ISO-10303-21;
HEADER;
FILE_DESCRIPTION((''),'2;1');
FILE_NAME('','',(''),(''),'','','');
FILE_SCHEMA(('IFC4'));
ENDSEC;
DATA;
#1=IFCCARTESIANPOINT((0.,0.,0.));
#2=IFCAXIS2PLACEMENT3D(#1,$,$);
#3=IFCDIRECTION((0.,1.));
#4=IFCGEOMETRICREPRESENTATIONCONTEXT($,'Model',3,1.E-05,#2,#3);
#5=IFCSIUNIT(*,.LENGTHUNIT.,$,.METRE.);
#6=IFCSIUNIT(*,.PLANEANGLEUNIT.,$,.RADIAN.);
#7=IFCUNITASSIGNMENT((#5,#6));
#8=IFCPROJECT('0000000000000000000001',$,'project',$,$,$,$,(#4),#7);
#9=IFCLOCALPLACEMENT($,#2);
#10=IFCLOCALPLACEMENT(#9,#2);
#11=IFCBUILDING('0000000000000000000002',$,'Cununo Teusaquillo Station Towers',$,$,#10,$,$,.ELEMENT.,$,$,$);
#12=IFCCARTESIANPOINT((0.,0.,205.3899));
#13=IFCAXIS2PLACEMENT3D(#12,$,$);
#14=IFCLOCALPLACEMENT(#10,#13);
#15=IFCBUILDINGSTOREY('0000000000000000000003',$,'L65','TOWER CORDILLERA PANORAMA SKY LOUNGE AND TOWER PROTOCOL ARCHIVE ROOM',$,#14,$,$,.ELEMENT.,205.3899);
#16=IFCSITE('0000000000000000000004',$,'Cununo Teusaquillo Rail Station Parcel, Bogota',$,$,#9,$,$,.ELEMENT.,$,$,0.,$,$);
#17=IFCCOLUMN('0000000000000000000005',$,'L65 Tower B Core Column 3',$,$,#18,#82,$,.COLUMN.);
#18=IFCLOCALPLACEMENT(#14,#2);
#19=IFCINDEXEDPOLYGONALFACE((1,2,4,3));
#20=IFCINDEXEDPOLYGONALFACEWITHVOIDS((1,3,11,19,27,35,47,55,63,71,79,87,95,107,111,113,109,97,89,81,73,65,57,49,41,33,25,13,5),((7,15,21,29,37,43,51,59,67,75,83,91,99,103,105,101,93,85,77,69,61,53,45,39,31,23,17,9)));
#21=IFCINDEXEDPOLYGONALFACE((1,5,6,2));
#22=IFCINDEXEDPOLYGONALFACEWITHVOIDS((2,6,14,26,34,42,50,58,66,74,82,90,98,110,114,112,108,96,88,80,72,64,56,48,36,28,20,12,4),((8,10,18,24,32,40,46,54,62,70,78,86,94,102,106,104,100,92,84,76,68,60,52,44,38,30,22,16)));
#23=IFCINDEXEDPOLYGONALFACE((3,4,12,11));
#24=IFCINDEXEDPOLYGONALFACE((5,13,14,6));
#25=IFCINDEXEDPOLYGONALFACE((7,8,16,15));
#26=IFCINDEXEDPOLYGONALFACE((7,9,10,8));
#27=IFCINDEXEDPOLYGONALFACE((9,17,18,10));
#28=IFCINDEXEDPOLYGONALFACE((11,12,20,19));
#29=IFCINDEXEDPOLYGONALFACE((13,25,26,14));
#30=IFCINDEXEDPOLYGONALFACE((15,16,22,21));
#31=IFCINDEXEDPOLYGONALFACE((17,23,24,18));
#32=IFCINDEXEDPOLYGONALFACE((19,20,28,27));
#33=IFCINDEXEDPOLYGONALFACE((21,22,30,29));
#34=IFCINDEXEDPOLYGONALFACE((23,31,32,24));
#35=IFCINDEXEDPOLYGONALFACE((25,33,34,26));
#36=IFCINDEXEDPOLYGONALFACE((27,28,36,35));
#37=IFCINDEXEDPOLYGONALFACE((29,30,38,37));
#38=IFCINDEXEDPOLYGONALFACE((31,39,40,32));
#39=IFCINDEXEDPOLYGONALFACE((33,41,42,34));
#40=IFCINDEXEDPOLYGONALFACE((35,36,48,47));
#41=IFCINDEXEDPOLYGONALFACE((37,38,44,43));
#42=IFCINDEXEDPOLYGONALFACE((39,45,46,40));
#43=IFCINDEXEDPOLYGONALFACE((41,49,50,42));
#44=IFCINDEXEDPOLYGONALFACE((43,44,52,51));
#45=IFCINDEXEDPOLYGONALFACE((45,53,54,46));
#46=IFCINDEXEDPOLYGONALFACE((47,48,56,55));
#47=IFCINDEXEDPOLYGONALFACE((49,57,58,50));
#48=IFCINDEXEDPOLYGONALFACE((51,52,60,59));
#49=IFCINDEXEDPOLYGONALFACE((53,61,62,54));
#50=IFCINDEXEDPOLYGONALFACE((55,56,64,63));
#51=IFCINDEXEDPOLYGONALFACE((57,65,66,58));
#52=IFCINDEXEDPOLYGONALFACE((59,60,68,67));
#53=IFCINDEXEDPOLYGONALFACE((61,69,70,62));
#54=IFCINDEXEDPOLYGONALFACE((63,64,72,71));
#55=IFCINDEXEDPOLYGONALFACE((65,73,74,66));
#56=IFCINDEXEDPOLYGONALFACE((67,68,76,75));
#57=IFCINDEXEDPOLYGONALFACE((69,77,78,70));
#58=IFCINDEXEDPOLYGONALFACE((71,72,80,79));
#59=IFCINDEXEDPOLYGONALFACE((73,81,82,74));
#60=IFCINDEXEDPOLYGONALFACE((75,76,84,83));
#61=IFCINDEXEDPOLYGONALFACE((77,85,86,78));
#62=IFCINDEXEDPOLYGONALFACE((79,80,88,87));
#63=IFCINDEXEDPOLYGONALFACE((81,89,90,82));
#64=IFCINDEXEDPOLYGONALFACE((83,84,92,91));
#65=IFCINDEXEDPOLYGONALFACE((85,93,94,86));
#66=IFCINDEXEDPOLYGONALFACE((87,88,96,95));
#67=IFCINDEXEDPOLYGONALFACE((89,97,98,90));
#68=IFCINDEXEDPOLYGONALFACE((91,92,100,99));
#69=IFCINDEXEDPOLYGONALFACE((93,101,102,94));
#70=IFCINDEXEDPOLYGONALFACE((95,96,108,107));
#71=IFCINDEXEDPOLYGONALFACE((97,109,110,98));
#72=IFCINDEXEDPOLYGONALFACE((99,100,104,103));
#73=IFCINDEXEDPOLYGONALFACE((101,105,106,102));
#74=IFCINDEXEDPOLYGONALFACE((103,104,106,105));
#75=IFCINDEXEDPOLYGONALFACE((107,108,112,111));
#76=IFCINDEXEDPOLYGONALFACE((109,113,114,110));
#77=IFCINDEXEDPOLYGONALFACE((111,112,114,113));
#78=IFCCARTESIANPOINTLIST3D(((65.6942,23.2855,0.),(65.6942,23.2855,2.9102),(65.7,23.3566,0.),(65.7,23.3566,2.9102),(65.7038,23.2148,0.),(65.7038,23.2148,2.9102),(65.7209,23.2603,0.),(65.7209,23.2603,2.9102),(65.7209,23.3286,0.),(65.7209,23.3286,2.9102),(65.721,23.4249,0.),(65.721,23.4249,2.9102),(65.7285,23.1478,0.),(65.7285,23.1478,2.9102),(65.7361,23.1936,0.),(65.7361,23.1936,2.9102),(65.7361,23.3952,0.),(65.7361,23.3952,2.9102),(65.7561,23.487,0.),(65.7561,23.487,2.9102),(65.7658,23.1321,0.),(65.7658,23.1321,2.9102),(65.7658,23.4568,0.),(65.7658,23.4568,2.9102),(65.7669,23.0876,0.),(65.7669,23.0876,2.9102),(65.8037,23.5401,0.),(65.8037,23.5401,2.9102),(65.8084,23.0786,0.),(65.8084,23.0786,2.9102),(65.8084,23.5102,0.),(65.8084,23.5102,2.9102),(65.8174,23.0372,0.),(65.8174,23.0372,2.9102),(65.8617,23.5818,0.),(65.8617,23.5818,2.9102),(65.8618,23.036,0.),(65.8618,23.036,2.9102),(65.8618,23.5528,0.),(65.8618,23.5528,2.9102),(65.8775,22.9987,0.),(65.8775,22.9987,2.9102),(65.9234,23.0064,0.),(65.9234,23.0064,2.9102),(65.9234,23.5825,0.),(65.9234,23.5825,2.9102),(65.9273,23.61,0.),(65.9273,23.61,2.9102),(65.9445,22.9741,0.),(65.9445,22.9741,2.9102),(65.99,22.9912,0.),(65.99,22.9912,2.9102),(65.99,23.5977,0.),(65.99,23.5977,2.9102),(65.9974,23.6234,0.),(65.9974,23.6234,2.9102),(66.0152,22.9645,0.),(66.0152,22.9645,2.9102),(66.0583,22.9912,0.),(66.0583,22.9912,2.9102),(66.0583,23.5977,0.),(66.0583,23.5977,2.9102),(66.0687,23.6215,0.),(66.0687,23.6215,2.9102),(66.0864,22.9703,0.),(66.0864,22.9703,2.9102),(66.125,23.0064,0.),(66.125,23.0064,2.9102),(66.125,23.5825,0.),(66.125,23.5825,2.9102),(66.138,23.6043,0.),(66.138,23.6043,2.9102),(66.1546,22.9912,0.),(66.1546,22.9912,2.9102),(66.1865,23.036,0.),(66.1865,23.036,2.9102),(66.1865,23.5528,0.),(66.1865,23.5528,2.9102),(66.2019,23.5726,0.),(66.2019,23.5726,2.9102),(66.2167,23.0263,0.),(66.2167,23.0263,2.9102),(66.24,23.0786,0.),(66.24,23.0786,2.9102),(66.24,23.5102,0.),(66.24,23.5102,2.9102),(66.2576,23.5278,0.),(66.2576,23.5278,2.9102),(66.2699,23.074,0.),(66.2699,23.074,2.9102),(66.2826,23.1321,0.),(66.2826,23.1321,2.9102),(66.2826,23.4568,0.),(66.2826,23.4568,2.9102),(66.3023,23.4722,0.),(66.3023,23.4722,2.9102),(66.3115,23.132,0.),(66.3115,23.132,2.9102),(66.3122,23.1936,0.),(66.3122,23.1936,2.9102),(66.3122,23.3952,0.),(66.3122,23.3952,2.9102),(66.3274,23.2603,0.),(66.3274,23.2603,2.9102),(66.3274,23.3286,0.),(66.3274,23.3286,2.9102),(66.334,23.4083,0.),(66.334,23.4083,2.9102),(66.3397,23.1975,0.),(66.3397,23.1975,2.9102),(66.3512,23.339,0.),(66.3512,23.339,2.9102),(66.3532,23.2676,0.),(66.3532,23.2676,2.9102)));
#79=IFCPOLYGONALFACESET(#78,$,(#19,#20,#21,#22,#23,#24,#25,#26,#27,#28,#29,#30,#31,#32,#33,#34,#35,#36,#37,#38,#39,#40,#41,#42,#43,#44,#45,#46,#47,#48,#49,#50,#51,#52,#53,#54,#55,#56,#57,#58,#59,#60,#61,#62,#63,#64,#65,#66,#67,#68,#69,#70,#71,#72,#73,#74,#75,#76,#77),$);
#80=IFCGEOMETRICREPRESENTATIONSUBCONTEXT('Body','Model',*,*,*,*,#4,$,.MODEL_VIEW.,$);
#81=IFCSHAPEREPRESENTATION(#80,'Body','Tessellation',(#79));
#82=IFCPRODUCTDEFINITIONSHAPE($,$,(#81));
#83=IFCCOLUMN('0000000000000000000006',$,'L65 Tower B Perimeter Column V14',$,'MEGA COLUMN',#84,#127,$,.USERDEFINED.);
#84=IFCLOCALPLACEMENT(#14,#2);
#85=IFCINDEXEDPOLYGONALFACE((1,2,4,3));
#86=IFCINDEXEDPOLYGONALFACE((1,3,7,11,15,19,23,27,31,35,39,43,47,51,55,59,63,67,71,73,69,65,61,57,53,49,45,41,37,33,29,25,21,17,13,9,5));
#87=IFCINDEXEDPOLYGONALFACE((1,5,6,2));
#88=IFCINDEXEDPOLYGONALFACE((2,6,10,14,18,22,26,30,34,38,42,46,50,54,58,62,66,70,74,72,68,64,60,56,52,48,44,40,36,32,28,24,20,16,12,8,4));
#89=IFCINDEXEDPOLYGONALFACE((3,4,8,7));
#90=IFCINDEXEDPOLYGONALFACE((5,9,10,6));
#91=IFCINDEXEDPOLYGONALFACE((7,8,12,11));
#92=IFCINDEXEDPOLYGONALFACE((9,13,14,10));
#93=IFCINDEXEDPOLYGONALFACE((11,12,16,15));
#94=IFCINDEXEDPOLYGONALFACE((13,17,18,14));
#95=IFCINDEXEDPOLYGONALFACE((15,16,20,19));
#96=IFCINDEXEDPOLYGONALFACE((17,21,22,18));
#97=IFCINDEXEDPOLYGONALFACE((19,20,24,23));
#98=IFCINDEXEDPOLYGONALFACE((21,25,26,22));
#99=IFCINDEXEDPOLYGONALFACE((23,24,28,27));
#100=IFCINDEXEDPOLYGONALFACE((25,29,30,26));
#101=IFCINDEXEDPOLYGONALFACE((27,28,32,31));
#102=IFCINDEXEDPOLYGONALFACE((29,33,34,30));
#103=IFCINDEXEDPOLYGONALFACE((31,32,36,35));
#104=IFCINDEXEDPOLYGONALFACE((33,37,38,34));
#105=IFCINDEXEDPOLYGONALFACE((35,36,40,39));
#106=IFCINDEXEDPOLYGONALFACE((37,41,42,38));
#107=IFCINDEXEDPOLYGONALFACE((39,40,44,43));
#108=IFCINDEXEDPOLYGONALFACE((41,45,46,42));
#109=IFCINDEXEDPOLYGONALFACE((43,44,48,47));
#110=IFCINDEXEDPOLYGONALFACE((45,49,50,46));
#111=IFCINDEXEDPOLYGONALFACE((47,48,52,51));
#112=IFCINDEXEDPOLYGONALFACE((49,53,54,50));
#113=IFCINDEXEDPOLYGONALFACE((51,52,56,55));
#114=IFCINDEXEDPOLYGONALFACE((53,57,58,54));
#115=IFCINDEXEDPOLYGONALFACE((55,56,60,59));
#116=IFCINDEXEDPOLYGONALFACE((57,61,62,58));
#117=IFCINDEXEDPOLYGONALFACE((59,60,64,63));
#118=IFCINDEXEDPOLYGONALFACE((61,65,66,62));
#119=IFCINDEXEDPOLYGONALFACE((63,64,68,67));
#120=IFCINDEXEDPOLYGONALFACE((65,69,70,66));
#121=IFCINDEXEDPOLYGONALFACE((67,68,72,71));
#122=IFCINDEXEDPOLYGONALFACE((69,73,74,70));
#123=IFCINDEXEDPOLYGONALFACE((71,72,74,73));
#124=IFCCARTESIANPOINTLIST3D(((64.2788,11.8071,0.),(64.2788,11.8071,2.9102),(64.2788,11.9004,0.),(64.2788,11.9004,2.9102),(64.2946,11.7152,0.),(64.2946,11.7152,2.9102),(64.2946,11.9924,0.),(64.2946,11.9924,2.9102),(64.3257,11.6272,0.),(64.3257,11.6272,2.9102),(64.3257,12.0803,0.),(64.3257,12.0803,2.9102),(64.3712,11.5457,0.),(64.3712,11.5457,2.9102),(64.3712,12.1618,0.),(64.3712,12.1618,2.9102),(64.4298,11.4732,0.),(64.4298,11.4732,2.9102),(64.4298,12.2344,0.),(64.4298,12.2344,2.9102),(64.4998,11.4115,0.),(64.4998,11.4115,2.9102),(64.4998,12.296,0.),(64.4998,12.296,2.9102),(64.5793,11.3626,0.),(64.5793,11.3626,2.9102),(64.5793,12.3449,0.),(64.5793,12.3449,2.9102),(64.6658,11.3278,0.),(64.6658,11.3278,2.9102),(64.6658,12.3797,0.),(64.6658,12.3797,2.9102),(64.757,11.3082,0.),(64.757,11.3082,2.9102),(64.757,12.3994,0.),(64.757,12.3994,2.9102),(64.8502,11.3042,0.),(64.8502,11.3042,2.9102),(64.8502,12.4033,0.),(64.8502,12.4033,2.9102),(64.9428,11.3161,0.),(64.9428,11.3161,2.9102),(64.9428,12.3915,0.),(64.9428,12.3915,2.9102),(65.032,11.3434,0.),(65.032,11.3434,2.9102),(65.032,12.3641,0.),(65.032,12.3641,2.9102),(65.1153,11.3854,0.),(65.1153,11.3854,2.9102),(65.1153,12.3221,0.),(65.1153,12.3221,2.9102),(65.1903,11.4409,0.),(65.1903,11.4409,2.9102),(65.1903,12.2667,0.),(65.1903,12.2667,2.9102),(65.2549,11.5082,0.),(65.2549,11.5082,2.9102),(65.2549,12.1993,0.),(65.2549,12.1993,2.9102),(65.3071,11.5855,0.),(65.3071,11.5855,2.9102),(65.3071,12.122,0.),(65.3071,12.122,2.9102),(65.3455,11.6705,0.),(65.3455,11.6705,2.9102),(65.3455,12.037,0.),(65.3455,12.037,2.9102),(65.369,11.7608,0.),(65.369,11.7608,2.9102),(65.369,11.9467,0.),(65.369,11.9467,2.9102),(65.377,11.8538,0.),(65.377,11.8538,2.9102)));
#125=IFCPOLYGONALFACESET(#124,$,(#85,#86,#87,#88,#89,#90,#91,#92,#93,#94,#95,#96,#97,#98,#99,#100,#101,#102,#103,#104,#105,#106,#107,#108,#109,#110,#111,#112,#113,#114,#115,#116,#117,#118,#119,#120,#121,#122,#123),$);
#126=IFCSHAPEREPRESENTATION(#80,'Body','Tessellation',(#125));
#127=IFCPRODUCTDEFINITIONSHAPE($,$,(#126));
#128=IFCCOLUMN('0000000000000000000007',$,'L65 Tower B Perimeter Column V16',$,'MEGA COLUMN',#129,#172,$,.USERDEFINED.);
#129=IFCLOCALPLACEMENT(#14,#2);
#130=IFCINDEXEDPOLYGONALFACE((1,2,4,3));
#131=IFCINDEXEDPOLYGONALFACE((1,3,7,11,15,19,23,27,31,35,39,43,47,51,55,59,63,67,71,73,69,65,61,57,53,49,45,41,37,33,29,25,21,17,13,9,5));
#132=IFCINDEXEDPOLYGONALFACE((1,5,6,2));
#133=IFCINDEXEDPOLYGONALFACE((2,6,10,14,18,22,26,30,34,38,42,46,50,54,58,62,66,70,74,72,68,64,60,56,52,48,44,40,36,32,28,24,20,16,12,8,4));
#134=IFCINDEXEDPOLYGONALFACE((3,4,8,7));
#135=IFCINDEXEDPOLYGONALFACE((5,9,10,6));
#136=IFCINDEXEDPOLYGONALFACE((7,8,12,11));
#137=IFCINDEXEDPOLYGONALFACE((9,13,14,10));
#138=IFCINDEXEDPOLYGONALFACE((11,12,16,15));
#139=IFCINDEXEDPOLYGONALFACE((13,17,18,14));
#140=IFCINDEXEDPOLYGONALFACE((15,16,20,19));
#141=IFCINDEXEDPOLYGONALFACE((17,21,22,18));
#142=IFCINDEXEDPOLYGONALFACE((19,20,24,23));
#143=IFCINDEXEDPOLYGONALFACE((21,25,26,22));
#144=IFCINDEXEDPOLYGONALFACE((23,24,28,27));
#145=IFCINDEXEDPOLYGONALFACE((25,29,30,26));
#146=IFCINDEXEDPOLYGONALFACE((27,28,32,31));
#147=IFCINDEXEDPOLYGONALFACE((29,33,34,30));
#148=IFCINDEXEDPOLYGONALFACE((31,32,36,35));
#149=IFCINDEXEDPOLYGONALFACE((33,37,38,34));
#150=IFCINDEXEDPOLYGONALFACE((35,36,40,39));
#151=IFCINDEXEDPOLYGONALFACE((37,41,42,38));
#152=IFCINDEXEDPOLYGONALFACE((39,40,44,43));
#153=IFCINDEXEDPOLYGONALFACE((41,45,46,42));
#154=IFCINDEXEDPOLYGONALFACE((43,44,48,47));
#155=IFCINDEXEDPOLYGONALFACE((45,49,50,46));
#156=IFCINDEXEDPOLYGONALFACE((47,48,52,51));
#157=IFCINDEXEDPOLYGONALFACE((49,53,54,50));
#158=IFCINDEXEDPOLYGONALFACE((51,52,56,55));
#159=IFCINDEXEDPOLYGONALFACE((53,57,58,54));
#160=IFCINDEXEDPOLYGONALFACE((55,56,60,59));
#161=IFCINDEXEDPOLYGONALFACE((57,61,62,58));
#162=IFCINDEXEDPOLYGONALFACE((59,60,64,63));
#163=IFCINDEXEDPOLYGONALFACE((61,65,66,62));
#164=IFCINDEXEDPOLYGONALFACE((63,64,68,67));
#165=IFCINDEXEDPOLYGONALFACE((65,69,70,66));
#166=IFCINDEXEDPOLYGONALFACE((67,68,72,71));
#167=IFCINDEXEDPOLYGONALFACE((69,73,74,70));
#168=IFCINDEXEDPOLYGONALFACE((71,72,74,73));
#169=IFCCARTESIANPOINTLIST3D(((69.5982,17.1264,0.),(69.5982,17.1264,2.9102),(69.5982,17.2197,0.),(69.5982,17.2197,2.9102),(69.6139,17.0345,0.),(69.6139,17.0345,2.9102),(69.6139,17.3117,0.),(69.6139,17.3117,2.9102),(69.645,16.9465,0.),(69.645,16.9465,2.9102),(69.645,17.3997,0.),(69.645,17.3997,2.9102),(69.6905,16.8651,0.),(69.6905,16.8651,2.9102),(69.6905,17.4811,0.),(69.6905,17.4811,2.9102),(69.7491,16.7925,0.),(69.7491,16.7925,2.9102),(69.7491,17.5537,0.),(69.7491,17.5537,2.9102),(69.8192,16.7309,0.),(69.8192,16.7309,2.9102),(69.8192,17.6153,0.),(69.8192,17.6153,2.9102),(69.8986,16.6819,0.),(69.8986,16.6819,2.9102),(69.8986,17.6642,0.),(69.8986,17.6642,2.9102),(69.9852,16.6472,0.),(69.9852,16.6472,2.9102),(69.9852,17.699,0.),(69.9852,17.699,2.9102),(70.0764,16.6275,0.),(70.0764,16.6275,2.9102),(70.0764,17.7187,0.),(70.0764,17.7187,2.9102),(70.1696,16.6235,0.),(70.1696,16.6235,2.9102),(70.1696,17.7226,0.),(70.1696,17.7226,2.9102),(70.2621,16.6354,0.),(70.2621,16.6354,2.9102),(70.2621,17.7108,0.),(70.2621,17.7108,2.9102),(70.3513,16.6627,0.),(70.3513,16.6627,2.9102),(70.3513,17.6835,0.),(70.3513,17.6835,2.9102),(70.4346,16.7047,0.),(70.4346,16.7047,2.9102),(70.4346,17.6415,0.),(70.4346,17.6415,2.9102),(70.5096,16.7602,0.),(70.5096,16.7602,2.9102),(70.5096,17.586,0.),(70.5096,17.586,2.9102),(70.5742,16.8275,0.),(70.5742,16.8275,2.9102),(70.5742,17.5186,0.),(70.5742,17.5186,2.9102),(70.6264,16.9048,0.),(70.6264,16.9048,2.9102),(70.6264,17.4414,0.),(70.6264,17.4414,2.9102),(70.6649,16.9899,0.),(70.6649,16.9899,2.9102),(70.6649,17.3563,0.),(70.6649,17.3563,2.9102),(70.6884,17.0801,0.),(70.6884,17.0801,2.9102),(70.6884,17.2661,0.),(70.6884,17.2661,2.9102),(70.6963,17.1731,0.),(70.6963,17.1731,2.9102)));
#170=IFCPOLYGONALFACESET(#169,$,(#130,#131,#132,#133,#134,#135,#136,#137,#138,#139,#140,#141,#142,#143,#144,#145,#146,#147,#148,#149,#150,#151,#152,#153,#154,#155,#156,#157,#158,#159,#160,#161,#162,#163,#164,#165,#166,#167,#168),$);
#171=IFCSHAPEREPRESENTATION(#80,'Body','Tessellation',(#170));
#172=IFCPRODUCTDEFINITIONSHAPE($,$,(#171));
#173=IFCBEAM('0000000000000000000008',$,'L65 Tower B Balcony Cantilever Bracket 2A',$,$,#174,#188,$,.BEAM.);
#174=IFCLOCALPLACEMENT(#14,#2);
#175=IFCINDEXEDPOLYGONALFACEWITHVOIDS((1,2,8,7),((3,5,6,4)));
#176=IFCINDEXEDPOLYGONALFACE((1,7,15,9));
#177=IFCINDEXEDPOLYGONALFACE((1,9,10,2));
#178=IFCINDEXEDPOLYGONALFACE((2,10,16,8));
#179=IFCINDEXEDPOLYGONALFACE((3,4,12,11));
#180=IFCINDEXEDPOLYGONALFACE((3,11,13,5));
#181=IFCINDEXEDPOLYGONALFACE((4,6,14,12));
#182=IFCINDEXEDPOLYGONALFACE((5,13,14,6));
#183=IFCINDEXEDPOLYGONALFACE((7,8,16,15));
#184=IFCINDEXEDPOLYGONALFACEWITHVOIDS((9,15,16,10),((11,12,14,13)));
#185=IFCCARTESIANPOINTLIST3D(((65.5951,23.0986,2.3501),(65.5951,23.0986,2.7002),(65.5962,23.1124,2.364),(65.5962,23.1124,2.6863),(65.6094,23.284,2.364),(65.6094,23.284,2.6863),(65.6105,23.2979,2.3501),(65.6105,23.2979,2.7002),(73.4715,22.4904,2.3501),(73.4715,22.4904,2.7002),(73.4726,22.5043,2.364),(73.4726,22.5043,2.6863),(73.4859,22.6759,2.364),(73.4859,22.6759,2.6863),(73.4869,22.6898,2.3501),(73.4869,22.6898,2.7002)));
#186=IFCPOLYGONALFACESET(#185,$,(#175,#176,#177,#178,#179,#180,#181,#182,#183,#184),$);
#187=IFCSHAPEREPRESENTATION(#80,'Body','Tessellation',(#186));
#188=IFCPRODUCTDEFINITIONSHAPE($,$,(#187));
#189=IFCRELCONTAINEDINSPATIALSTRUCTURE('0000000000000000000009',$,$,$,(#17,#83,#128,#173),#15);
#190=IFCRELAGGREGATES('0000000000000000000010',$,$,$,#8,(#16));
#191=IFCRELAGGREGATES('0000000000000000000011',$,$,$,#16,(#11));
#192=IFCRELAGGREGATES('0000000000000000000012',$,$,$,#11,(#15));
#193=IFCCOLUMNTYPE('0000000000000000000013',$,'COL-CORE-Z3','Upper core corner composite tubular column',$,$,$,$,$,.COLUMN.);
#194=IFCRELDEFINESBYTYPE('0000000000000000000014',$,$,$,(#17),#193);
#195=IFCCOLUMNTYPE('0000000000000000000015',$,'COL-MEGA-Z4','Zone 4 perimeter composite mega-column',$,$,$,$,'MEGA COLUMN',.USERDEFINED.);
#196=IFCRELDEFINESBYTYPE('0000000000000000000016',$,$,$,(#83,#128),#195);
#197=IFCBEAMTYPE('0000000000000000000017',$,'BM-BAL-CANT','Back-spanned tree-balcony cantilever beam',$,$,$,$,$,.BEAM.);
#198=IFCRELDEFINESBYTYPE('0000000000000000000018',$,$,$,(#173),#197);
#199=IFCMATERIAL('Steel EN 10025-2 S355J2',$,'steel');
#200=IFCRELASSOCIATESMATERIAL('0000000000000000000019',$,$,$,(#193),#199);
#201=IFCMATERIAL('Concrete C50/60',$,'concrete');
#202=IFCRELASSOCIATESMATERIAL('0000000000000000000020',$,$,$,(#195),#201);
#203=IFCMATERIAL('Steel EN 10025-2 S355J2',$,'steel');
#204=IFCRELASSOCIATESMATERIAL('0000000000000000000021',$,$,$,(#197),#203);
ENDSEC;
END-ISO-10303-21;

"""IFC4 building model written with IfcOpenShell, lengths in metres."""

from ifc_helpers import new_model, si_unit, direction, frame, origin, origin_2d, place, context, subcontext, project, spatial, hollow_rectangle, circle, hollow_circle, extrude, material, material_profile, profile_set, type_object, element, save


model = new_model("IFC4")

# Units and contexts
model_context = context("Model", 3, precision=1e-05, world=origin(), true_north=direction((0.0, 1.0)))
body_context = subcontext(model_context, "Body", "Model", "MODEL_VIEW")
ifc_project = project(units=[si_unit("LENGTHUNIT", "METRE"), si_unit("PLANEANGLEUNIT", "RADIAN")], contexts=[model_context])

# Site, building, storey
site_placement = place(None, origin())
site = spatial("IfcSite", under=ifc_project, at=site_placement, Name="Cununo Teusaquillo Rail Station Parcel, Bogota", CompositionType="ELEMENT", RefElevation=0.0)
building_placement = place(site_placement, origin())
building = spatial("IfcBuilding", under=site, at=building_placement, Name="Cununo Teusaquillo Station Towers", CompositionType="ELEMENT")
storey_placement = place(building_placement, frame((0.0, 0.0, 205.3899)))
storey = spatial("IfcBuildingStorey", under=building, at=storey_placement, Name="L65", Description="TOWER CORDILLERA PANORAMA SKY LOUNGE AND TOWER PROTOCOL ARCHIVE ROOM", CompositionType="ELEMENT", Elevation=205.3899)

# Columns
ifc_material_1 = material(Name="Steel EN 10025-2 S355J2", Category="steel")
ifc_material_profile_1 = material_profile(ifc_material_1, hollow_circle(Radius=0.3301, WallThickness=0.0249, at=origin_2d()), Name="CHS 660x25")
ifc_profile_set_1 = profile_set([ifc_material_profile_1], Name="Steel EN 10025-2 S355J2")
column_type_1 = type_object("IfcColumnType", Name="COL-CORE-Z3", Description="Upper core corner composite tubular column", PredefinedType="COLUMN", material=ifc_profile_set_1)
column_placement = place(storey_placement, frame((66.0242, 23.2944, 0.0), z_axis=(0.0, 0.0, 1.0), x_axis=(0.707107, 0.707107, 0.0)))
element("IfcColumn", 1, at=column_placement, inside=storey, type_object=column_type_1, Name="L65 Tower B Core Column 3", PredefinedType="COLUMN", context=body_context, shape_type="SweptSolid", body=[
    extrude(hollow_circle(Radius=0.3301, WallThickness=0.0249, at=origin_2d()), origin(), (0.0, 0.0, 1.0), 2.9102),
])
ifc_material_2 = material(Name="Concrete C50/60", Category="concrete")
ifc_material_profile_2 = material_profile(ifc_material_2, circle(Radius=0.55, at=origin_2d()), Name="RC-CIRC-1100")
ifc_profile_set_2 = profile_set([ifc_material_profile_2], Name="Concrete C50/60")
column_type_2 = type_object("IfcColumnType", Name="COL-MEGA-Z4", Description="Zone 4 perimeter composite mega-column", ElementType="MEGA COLUMN", PredefinedType="USERDEFINED", material=ifc_profile_set_2)
for number, where, z_axis, x_axis, name in (
    (2, (64.8269, 11.8538, 0.0), (0.0, 0.0, 1.0), (1.0, 0.0, 0.0), "L65 Tower B Perimeter Column V14"),
    (3, (70.1462, 17.1731, 0.0), (0.0, 0.0, 1.0), (1.0, 0.0, 0.0), "L65 Tower B Perimeter Column V16"),
):
    element("IfcColumn", number, at=place(storey_placement, frame(where, z_axis=z_axis, x_axis=x_axis)), inside=storey, type_object=column_type_2, Name=name, ObjectType="MEGA COLUMN", PredefinedType="USERDEFINED", context=body_context, shape_type="SweptSolid", body=[
        extrude(circle(Radius=0.55, at=origin_2d()), origin(), (0.0, 0.0, 1.0), 2.9102),
    ])

# Beam
ifc_material_3 = material(Name="Steel EN 10025-2 S355J2", Category="steel")
ifc_material_profile_3 = material_profile(ifc_material_3, hollow_rectangle(XDim=0.2, YDim=0.3501, WallThickness=0.0139, at=origin_2d()), Name="RHS 350x200x14")
ifc_profile_set_3 = profile_set([ifc_material_profile_3], Name="Steel EN 10025-2 S355J2")
beam_type_1 = type_object("IfcBeamType", Name="BM-BAL-CANT", Description="Back-spanned tree-balcony cantilever beam", PredefinedType="BEAM", material=ifc_profile_set_3)
beam_1_placement = place(storey_placement, frame((65.6028, 23.1982, 2.5251), z_axis=(0.997032, -0.076982, 0.0), x_axis=(0.076982, 0.997032, 0.0)))
element("IfcBeam", 4, at=beam_1_placement, inside=storey, type_object=beam_type_1, Name="L65 Tower B Balcony Cantilever Bracket 2A", PredefinedType="BEAM", context=body_context, shape_type="SweptSolid", body=[
    extrude(hollow_rectangle(XDim=0.2, YDim=0.3501, WallThickness=0.0139, at=origin_2d()), origin(), (0.0, 0.0, 1.0), 7.8999),
])

save(model, "model.ifc")
